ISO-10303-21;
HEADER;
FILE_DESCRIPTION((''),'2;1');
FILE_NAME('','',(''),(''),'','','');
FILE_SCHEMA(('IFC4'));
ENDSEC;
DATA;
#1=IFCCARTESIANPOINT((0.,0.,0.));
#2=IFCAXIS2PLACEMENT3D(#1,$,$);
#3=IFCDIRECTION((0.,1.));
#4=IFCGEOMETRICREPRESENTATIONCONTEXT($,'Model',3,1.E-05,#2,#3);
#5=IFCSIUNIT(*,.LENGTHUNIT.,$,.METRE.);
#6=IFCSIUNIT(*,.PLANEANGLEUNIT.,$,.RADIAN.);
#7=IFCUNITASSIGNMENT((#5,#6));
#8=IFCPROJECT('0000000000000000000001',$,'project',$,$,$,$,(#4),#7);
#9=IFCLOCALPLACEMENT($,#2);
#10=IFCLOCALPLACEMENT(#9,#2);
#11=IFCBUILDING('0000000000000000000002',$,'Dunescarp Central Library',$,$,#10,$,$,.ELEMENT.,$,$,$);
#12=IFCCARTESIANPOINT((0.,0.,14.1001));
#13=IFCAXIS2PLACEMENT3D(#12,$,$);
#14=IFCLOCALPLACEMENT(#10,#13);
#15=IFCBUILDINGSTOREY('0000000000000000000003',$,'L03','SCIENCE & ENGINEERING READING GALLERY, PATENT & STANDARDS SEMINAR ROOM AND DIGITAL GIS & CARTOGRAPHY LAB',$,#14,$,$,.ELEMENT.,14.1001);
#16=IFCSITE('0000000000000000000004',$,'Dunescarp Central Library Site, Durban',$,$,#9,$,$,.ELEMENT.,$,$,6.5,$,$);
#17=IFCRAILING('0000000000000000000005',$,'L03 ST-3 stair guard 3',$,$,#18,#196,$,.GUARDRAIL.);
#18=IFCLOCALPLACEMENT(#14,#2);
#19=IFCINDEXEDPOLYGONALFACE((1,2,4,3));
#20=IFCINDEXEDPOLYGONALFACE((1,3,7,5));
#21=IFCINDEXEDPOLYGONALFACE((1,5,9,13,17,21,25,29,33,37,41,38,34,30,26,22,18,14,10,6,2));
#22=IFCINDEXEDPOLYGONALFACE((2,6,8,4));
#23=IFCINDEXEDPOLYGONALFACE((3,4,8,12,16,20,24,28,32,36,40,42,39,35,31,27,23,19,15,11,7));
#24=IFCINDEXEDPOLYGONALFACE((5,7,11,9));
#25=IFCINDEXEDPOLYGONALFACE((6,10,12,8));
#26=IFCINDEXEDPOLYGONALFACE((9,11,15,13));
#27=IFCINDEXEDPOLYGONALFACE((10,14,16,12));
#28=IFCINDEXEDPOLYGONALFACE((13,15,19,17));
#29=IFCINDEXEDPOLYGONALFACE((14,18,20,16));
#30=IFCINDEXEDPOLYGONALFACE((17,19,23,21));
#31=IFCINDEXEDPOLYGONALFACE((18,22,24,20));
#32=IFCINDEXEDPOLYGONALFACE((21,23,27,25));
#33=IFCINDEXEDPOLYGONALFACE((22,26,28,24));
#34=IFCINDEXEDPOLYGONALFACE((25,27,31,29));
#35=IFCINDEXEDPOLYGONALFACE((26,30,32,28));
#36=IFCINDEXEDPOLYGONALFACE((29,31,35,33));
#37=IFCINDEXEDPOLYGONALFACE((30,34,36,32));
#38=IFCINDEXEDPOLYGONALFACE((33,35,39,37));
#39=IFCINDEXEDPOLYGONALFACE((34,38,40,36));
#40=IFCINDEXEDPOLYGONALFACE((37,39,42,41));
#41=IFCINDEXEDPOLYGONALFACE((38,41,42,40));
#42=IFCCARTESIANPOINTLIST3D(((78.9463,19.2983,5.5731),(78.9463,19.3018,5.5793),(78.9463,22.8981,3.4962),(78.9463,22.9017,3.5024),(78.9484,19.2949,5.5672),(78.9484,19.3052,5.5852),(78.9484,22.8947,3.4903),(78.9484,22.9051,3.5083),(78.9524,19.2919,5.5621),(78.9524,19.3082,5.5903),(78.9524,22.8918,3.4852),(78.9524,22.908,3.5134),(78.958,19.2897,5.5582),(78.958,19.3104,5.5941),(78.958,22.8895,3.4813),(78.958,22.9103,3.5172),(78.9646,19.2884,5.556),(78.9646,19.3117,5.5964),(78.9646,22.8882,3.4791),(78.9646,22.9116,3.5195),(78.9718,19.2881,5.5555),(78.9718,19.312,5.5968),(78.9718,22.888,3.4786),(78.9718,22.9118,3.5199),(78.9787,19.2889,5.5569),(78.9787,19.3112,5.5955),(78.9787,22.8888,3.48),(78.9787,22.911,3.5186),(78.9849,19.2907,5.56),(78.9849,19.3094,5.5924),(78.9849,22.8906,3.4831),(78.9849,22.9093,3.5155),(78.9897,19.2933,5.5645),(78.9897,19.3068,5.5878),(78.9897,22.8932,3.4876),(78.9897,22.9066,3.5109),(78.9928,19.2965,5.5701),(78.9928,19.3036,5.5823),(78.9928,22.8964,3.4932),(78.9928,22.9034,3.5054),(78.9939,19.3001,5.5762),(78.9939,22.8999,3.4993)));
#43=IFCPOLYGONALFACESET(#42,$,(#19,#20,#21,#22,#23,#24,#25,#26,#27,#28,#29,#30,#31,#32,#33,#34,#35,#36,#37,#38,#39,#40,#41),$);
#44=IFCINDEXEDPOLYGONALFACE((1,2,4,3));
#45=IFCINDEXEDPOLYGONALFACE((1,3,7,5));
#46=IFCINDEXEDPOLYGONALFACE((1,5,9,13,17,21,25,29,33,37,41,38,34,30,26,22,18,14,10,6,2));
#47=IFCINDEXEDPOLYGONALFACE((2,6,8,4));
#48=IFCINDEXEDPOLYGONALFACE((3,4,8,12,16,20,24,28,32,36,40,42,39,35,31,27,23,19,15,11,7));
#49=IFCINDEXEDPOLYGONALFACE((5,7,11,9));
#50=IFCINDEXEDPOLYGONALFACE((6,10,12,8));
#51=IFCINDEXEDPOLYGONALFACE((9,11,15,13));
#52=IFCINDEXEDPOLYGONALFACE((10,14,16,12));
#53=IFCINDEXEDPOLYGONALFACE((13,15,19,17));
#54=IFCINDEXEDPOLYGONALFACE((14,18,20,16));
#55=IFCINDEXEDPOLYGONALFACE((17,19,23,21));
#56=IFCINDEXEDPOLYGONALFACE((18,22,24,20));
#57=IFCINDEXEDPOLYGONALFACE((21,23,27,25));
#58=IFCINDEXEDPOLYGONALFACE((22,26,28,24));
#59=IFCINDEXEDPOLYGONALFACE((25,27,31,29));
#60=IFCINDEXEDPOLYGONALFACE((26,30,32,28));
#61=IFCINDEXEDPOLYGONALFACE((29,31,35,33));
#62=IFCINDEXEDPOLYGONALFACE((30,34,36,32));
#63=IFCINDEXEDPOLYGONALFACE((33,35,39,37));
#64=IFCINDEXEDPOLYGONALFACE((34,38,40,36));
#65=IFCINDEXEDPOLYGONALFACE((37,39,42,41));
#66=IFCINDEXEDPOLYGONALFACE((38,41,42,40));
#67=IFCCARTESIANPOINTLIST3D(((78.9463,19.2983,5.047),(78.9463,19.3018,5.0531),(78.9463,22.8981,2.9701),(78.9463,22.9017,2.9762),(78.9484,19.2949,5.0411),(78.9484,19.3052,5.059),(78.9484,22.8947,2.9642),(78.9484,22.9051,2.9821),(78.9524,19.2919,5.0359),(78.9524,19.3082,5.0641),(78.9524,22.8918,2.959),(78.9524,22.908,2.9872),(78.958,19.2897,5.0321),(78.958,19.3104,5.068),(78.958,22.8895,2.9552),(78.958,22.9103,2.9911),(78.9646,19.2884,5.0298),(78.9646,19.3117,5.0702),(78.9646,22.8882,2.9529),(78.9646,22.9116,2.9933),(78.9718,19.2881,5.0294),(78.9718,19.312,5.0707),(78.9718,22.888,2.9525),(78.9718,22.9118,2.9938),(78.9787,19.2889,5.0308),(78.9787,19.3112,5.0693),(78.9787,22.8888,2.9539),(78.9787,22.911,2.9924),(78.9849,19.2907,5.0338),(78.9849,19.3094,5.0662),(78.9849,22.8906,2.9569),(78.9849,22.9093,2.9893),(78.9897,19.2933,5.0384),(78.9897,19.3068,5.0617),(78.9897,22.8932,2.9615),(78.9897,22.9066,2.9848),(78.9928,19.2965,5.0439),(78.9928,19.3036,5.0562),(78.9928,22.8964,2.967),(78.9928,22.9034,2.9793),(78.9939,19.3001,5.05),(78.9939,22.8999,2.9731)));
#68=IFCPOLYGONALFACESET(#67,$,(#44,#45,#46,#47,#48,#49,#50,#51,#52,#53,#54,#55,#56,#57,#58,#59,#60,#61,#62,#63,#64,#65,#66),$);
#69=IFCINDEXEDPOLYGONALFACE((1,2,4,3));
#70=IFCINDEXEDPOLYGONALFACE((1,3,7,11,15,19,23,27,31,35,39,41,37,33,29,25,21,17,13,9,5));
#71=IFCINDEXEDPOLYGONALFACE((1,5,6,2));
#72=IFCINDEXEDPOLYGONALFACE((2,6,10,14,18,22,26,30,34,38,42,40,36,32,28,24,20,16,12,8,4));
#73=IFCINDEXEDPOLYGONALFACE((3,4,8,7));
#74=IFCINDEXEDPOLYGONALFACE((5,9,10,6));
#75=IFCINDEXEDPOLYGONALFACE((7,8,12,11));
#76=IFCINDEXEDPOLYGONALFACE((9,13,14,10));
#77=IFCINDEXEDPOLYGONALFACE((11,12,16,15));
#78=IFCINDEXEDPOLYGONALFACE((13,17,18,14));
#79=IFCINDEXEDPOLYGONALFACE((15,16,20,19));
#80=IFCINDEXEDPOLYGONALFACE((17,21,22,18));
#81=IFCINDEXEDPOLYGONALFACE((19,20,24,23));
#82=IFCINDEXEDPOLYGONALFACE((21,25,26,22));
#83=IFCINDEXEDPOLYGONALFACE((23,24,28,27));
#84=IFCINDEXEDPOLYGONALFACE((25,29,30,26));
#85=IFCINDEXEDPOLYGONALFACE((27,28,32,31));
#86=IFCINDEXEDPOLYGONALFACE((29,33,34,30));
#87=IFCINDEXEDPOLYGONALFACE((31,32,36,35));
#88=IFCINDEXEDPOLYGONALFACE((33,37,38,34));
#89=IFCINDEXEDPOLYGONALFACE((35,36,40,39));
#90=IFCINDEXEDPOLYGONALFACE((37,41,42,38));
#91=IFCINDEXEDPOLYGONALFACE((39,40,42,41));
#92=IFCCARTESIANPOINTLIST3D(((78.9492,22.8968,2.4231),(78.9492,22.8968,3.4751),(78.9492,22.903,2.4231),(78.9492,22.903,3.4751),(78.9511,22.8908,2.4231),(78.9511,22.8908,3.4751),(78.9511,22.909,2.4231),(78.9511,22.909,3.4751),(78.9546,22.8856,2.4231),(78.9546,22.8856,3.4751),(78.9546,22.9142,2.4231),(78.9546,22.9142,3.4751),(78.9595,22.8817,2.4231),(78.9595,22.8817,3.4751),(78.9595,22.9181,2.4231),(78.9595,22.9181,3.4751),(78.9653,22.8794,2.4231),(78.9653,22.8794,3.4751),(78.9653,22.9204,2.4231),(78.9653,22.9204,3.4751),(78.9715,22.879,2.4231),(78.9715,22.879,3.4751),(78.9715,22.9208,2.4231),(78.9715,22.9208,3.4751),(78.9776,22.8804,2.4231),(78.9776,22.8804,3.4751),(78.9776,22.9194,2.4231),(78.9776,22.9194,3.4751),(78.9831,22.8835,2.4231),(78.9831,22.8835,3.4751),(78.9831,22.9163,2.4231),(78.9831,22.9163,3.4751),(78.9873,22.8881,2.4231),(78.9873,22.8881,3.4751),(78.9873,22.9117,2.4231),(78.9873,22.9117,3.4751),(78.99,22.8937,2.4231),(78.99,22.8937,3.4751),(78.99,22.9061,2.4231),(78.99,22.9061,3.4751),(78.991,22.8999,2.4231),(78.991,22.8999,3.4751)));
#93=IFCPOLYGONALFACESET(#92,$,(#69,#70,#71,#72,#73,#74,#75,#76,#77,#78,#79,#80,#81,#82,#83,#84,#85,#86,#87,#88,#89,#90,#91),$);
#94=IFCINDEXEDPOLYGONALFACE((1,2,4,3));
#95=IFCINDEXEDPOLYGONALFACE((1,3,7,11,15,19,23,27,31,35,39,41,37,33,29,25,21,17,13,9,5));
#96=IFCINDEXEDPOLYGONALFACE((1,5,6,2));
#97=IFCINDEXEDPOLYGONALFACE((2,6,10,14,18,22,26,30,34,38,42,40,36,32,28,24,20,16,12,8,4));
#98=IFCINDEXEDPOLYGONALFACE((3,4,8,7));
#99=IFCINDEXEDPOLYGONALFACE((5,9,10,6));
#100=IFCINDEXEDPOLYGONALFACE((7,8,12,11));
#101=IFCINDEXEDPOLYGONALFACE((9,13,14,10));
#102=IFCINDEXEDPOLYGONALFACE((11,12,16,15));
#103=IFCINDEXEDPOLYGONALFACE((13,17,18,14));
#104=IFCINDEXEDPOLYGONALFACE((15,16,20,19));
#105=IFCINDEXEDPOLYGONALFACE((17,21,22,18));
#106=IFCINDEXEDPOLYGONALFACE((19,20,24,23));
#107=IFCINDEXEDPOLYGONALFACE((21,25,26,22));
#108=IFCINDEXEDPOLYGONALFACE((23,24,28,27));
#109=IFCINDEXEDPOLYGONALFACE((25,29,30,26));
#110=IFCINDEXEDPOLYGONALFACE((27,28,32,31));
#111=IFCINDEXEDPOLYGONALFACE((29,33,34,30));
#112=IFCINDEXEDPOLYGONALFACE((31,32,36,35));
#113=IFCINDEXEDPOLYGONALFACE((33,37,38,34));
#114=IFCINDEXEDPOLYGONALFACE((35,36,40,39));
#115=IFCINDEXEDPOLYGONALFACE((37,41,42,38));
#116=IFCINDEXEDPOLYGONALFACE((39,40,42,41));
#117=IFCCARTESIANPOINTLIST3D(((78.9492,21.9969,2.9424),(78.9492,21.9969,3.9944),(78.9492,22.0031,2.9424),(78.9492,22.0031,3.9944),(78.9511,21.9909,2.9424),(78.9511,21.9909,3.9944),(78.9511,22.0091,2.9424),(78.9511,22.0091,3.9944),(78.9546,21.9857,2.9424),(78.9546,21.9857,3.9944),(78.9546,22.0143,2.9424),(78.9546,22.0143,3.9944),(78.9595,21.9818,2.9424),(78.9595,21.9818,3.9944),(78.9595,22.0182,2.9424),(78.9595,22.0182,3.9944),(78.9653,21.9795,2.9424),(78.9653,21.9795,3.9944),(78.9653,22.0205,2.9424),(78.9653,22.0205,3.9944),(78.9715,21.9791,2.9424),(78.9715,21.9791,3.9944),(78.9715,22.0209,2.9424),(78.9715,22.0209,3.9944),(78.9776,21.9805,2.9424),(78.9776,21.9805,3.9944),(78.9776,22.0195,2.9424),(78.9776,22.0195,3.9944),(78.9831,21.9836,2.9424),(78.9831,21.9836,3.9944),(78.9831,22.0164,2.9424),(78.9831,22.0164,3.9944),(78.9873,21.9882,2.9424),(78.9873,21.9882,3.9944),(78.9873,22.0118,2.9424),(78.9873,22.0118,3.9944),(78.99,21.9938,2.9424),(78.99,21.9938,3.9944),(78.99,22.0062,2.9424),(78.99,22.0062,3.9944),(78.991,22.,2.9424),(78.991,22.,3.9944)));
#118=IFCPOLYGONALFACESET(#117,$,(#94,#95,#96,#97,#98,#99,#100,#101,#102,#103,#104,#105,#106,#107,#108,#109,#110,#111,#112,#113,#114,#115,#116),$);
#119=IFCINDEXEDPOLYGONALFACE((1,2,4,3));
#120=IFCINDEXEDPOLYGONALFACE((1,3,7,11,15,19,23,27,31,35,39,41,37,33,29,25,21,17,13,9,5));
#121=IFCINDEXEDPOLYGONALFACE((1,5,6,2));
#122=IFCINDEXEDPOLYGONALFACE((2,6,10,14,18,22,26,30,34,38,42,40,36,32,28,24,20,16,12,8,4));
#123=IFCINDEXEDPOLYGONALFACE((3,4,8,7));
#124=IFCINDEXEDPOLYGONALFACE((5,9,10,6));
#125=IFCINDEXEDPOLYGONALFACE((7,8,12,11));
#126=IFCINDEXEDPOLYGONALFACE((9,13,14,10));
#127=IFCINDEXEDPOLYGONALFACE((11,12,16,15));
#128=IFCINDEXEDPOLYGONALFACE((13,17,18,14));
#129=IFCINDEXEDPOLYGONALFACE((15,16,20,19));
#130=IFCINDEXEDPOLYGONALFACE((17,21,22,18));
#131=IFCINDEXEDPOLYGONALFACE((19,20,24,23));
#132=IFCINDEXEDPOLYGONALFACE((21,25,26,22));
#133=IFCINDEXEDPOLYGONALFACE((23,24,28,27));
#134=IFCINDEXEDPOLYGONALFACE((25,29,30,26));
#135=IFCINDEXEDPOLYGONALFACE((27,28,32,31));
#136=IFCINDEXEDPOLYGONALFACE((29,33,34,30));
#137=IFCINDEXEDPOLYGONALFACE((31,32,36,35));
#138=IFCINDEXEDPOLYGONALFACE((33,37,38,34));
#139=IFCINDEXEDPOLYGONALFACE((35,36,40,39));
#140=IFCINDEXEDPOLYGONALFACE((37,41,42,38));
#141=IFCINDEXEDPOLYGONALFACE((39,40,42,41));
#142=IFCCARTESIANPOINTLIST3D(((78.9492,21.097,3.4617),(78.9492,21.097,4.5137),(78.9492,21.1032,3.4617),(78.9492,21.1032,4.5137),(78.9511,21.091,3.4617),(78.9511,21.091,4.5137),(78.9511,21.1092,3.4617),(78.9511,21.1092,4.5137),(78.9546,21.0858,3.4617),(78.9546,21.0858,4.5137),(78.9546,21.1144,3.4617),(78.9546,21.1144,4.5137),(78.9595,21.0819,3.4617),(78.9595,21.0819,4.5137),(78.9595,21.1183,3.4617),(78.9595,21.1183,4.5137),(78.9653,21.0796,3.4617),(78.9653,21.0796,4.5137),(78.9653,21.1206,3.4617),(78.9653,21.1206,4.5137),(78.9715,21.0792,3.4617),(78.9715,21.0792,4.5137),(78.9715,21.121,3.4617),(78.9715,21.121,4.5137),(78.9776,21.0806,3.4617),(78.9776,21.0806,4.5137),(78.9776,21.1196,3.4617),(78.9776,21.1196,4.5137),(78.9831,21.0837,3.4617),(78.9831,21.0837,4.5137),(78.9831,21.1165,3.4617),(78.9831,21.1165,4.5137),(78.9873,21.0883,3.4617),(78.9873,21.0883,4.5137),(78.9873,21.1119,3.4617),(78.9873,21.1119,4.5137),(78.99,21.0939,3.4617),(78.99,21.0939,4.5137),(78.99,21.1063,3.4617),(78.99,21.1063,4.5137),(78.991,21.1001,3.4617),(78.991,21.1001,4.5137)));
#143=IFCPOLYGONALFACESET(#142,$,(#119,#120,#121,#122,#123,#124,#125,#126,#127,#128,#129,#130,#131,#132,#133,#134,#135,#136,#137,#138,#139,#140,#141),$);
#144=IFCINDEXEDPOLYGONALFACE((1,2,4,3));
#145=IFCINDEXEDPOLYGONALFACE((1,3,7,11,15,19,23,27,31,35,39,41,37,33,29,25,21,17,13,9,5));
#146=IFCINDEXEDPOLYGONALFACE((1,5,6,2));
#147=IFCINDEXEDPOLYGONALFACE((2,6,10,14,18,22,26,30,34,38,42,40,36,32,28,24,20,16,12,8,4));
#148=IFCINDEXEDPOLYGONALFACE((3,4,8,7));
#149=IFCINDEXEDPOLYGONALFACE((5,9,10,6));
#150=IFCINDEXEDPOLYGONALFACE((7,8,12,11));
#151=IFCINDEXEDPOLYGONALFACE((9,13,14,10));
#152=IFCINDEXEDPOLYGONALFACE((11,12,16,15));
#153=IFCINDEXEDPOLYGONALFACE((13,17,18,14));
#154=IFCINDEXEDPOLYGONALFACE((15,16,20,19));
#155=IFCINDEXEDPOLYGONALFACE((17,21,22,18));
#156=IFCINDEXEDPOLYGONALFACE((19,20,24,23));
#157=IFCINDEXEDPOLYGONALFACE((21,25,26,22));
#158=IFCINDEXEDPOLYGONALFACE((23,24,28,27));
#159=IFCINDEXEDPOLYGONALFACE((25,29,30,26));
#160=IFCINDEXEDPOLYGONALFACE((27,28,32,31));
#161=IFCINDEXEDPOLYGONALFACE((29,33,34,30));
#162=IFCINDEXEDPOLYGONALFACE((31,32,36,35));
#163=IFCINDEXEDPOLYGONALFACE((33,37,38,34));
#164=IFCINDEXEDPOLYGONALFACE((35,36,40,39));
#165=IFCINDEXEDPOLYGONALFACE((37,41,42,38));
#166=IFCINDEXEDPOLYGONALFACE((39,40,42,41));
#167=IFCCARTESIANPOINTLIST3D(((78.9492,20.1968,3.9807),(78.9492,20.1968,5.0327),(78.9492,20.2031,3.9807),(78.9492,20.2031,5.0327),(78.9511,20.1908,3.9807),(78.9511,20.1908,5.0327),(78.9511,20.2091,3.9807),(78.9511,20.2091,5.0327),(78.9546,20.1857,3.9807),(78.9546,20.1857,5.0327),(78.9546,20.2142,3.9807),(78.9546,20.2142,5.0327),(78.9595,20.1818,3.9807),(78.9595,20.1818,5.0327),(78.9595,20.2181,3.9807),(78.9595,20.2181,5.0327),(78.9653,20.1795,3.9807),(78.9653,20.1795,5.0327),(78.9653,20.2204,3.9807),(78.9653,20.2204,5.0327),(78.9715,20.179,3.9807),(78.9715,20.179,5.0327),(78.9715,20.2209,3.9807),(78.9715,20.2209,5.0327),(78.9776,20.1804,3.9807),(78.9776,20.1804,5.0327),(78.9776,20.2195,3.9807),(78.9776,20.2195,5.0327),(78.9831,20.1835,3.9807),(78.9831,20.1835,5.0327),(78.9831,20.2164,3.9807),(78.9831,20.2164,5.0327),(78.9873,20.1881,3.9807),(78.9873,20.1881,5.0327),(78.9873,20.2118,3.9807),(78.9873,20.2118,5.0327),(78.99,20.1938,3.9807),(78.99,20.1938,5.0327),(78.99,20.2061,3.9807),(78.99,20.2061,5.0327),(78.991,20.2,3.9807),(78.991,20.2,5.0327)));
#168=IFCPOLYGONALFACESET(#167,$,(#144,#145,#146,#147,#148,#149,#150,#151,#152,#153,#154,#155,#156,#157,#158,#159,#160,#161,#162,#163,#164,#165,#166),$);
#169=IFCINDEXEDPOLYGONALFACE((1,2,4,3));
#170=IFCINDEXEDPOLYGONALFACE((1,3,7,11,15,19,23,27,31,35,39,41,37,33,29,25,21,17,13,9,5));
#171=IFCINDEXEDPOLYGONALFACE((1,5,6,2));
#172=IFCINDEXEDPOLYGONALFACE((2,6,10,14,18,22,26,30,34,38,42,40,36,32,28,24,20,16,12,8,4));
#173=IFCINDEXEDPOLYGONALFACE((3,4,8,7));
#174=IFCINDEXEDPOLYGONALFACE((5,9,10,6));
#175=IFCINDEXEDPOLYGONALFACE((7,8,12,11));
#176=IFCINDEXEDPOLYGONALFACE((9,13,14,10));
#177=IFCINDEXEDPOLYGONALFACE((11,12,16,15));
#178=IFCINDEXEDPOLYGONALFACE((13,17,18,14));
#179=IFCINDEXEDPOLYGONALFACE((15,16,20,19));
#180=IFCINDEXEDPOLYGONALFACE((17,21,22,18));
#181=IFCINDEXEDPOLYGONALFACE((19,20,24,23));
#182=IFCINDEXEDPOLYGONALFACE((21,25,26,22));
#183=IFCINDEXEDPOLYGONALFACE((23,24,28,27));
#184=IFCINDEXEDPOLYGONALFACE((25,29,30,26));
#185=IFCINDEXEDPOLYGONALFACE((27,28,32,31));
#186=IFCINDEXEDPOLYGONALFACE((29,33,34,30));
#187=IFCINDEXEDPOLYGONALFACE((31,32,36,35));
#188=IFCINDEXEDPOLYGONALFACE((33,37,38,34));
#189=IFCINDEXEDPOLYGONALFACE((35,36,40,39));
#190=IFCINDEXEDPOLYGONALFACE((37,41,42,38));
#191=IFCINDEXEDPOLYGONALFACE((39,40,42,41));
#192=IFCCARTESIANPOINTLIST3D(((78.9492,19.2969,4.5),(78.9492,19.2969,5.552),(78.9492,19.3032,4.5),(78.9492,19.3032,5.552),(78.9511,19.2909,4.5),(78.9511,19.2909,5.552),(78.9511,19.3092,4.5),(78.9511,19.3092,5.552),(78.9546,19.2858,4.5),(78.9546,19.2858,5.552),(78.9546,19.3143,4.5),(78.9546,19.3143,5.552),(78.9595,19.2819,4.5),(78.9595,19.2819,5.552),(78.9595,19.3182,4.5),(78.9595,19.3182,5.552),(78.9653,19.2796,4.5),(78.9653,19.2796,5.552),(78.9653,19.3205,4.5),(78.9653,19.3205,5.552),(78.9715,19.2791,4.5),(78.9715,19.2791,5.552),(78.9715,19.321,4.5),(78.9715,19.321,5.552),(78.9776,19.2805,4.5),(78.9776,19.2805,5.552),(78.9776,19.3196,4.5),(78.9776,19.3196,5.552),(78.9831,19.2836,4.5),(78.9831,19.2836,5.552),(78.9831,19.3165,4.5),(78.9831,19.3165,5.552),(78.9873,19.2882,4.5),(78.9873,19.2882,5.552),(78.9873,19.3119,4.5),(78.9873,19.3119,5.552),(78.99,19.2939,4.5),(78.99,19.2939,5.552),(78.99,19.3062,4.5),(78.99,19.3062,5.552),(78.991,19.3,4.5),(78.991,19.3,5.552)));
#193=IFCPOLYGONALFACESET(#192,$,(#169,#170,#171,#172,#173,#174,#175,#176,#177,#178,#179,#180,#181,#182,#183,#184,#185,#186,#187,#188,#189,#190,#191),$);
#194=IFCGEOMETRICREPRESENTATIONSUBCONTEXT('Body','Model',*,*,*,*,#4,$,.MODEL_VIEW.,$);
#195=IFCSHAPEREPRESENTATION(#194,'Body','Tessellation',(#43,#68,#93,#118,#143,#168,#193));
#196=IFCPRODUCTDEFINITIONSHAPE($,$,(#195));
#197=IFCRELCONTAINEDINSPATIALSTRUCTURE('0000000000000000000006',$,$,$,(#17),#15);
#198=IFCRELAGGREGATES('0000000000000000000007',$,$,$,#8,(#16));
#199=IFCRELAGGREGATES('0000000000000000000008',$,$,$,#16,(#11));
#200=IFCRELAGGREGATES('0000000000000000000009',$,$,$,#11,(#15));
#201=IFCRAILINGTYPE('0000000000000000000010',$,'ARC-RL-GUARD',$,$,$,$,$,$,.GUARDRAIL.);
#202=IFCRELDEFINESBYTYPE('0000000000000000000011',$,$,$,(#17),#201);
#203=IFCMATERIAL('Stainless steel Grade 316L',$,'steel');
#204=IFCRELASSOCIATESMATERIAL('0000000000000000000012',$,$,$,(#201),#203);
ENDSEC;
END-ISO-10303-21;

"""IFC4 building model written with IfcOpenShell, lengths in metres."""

from ifc_helpers import new_model, si_unit, direction, frame, origin, origin_2d, place, context, subcontext, project, spatial, circle, extrude, material, type_object, element, save


model = new_model("IFC4")

# Units and contexts
model_context = context("Model", 3, precision=1e-05, world=origin(), true_north=direction((0.0, 1.0)))
body_context = subcontext(model_context, "Body", "Model", "MODEL_VIEW")
ifc_project = project(units=[si_unit("LENGTHUNIT", "METRE"), si_unit("PLANEANGLEUNIT", "RADIAN")], contexts=[model_context])

# Site, building, storey
site_placement = place(None, origin())
site = spatial("IfcSite", under=ifc_project, at=site_placement, Name="Dunescarp Central Library Site, Durban", CompositionType="ELEMENT", RefElevation=6.5)
building_placement = place(site_placement, origin())
building = spatial("IfcBuilding", under=site, at=building_placement, Name="Dunescarp Central Library", CompositionType="ELEMENT")
storey_placement = place(building_placement, frame((0.0, 0.0, 14.1001)))
storey = spatial("IfcBuildingStorey", under=building, at=storey_placement, Name="L03", Description="SCIENCE & ENGINEERING READING GALLERY, PATENT & STANDARDS SEMINAR ROOM AND DIGITAL GIS & CARTOGRAPHY LAB", CompositionType="ELEMENT", Elevation=14.1001)

# Railing
ifc_material_1 = material(Name="Stainless steel Grade 316L", Category="steel")
railing_type_1 = type_object("IfcRailingType", Name="ARC-RL-GUARD", PredefinedType="GUARDRAIL", material=ifc_material_1)
railing_1_placement = place(storey_placement, frame((78.97, 22.8999, 2.4231)))
element("IfcRailing", 1, at=railing_1_placement, inside=storey, type_object=railing_type_1, Name="L03 ST-3 stair guard 3", PredefinedType="GUARDRAIL", context=body_context, shape_type="SweptSolid", body=[
    extrude(circle(Radius=0.0239, at=origin_2d()), frame((0.0, 0.0, 1.0762), z_axis=(0.0, -0.866179, 0.499734), x_axis=(1.0, 0.0, 0.0)), (0.0, 0.0, 1.0), 4.156),
    extrude(circle(Radius=0.0239, at=origin_2d()), frame((0.0, 0.0, 0.55), z_axis=(0.0, -0.866179, 0.499734), x_axis=(1.0, 0.0, 0.0)), (0.0, 0.0, 1.0), 4.156),
    extrude(circle(Radius=0.021, at=origin_2d()), origin(), (0.0, 0.0, 1.0), 1.052),
    extrude(circle(Radius=0.021, at=origin_2d()), frame((0.0, -0.8999, 0.5193)), (0.0, 0.0, 1.0), 1.052),
    extrude(circle(Radius=0.021, at=origin_2d()), frame((0.0, -1.7998, 1.0386)), (0.0, 0.0, 1.0), 1.052),
    extrude(circle(Radius=0.021, at=origin_2d()), frame((0.0, -2.7, 1.5576)), (0.0, 0.0, 1.0), 1.052),
    extrude(circle(Radius=0.021, at=origin_2d()), frame((0.0, -3.5999, 2.0769)), (0.0, 0.0, 1.0), 1.052),
])

save(model, "model.ifc")
